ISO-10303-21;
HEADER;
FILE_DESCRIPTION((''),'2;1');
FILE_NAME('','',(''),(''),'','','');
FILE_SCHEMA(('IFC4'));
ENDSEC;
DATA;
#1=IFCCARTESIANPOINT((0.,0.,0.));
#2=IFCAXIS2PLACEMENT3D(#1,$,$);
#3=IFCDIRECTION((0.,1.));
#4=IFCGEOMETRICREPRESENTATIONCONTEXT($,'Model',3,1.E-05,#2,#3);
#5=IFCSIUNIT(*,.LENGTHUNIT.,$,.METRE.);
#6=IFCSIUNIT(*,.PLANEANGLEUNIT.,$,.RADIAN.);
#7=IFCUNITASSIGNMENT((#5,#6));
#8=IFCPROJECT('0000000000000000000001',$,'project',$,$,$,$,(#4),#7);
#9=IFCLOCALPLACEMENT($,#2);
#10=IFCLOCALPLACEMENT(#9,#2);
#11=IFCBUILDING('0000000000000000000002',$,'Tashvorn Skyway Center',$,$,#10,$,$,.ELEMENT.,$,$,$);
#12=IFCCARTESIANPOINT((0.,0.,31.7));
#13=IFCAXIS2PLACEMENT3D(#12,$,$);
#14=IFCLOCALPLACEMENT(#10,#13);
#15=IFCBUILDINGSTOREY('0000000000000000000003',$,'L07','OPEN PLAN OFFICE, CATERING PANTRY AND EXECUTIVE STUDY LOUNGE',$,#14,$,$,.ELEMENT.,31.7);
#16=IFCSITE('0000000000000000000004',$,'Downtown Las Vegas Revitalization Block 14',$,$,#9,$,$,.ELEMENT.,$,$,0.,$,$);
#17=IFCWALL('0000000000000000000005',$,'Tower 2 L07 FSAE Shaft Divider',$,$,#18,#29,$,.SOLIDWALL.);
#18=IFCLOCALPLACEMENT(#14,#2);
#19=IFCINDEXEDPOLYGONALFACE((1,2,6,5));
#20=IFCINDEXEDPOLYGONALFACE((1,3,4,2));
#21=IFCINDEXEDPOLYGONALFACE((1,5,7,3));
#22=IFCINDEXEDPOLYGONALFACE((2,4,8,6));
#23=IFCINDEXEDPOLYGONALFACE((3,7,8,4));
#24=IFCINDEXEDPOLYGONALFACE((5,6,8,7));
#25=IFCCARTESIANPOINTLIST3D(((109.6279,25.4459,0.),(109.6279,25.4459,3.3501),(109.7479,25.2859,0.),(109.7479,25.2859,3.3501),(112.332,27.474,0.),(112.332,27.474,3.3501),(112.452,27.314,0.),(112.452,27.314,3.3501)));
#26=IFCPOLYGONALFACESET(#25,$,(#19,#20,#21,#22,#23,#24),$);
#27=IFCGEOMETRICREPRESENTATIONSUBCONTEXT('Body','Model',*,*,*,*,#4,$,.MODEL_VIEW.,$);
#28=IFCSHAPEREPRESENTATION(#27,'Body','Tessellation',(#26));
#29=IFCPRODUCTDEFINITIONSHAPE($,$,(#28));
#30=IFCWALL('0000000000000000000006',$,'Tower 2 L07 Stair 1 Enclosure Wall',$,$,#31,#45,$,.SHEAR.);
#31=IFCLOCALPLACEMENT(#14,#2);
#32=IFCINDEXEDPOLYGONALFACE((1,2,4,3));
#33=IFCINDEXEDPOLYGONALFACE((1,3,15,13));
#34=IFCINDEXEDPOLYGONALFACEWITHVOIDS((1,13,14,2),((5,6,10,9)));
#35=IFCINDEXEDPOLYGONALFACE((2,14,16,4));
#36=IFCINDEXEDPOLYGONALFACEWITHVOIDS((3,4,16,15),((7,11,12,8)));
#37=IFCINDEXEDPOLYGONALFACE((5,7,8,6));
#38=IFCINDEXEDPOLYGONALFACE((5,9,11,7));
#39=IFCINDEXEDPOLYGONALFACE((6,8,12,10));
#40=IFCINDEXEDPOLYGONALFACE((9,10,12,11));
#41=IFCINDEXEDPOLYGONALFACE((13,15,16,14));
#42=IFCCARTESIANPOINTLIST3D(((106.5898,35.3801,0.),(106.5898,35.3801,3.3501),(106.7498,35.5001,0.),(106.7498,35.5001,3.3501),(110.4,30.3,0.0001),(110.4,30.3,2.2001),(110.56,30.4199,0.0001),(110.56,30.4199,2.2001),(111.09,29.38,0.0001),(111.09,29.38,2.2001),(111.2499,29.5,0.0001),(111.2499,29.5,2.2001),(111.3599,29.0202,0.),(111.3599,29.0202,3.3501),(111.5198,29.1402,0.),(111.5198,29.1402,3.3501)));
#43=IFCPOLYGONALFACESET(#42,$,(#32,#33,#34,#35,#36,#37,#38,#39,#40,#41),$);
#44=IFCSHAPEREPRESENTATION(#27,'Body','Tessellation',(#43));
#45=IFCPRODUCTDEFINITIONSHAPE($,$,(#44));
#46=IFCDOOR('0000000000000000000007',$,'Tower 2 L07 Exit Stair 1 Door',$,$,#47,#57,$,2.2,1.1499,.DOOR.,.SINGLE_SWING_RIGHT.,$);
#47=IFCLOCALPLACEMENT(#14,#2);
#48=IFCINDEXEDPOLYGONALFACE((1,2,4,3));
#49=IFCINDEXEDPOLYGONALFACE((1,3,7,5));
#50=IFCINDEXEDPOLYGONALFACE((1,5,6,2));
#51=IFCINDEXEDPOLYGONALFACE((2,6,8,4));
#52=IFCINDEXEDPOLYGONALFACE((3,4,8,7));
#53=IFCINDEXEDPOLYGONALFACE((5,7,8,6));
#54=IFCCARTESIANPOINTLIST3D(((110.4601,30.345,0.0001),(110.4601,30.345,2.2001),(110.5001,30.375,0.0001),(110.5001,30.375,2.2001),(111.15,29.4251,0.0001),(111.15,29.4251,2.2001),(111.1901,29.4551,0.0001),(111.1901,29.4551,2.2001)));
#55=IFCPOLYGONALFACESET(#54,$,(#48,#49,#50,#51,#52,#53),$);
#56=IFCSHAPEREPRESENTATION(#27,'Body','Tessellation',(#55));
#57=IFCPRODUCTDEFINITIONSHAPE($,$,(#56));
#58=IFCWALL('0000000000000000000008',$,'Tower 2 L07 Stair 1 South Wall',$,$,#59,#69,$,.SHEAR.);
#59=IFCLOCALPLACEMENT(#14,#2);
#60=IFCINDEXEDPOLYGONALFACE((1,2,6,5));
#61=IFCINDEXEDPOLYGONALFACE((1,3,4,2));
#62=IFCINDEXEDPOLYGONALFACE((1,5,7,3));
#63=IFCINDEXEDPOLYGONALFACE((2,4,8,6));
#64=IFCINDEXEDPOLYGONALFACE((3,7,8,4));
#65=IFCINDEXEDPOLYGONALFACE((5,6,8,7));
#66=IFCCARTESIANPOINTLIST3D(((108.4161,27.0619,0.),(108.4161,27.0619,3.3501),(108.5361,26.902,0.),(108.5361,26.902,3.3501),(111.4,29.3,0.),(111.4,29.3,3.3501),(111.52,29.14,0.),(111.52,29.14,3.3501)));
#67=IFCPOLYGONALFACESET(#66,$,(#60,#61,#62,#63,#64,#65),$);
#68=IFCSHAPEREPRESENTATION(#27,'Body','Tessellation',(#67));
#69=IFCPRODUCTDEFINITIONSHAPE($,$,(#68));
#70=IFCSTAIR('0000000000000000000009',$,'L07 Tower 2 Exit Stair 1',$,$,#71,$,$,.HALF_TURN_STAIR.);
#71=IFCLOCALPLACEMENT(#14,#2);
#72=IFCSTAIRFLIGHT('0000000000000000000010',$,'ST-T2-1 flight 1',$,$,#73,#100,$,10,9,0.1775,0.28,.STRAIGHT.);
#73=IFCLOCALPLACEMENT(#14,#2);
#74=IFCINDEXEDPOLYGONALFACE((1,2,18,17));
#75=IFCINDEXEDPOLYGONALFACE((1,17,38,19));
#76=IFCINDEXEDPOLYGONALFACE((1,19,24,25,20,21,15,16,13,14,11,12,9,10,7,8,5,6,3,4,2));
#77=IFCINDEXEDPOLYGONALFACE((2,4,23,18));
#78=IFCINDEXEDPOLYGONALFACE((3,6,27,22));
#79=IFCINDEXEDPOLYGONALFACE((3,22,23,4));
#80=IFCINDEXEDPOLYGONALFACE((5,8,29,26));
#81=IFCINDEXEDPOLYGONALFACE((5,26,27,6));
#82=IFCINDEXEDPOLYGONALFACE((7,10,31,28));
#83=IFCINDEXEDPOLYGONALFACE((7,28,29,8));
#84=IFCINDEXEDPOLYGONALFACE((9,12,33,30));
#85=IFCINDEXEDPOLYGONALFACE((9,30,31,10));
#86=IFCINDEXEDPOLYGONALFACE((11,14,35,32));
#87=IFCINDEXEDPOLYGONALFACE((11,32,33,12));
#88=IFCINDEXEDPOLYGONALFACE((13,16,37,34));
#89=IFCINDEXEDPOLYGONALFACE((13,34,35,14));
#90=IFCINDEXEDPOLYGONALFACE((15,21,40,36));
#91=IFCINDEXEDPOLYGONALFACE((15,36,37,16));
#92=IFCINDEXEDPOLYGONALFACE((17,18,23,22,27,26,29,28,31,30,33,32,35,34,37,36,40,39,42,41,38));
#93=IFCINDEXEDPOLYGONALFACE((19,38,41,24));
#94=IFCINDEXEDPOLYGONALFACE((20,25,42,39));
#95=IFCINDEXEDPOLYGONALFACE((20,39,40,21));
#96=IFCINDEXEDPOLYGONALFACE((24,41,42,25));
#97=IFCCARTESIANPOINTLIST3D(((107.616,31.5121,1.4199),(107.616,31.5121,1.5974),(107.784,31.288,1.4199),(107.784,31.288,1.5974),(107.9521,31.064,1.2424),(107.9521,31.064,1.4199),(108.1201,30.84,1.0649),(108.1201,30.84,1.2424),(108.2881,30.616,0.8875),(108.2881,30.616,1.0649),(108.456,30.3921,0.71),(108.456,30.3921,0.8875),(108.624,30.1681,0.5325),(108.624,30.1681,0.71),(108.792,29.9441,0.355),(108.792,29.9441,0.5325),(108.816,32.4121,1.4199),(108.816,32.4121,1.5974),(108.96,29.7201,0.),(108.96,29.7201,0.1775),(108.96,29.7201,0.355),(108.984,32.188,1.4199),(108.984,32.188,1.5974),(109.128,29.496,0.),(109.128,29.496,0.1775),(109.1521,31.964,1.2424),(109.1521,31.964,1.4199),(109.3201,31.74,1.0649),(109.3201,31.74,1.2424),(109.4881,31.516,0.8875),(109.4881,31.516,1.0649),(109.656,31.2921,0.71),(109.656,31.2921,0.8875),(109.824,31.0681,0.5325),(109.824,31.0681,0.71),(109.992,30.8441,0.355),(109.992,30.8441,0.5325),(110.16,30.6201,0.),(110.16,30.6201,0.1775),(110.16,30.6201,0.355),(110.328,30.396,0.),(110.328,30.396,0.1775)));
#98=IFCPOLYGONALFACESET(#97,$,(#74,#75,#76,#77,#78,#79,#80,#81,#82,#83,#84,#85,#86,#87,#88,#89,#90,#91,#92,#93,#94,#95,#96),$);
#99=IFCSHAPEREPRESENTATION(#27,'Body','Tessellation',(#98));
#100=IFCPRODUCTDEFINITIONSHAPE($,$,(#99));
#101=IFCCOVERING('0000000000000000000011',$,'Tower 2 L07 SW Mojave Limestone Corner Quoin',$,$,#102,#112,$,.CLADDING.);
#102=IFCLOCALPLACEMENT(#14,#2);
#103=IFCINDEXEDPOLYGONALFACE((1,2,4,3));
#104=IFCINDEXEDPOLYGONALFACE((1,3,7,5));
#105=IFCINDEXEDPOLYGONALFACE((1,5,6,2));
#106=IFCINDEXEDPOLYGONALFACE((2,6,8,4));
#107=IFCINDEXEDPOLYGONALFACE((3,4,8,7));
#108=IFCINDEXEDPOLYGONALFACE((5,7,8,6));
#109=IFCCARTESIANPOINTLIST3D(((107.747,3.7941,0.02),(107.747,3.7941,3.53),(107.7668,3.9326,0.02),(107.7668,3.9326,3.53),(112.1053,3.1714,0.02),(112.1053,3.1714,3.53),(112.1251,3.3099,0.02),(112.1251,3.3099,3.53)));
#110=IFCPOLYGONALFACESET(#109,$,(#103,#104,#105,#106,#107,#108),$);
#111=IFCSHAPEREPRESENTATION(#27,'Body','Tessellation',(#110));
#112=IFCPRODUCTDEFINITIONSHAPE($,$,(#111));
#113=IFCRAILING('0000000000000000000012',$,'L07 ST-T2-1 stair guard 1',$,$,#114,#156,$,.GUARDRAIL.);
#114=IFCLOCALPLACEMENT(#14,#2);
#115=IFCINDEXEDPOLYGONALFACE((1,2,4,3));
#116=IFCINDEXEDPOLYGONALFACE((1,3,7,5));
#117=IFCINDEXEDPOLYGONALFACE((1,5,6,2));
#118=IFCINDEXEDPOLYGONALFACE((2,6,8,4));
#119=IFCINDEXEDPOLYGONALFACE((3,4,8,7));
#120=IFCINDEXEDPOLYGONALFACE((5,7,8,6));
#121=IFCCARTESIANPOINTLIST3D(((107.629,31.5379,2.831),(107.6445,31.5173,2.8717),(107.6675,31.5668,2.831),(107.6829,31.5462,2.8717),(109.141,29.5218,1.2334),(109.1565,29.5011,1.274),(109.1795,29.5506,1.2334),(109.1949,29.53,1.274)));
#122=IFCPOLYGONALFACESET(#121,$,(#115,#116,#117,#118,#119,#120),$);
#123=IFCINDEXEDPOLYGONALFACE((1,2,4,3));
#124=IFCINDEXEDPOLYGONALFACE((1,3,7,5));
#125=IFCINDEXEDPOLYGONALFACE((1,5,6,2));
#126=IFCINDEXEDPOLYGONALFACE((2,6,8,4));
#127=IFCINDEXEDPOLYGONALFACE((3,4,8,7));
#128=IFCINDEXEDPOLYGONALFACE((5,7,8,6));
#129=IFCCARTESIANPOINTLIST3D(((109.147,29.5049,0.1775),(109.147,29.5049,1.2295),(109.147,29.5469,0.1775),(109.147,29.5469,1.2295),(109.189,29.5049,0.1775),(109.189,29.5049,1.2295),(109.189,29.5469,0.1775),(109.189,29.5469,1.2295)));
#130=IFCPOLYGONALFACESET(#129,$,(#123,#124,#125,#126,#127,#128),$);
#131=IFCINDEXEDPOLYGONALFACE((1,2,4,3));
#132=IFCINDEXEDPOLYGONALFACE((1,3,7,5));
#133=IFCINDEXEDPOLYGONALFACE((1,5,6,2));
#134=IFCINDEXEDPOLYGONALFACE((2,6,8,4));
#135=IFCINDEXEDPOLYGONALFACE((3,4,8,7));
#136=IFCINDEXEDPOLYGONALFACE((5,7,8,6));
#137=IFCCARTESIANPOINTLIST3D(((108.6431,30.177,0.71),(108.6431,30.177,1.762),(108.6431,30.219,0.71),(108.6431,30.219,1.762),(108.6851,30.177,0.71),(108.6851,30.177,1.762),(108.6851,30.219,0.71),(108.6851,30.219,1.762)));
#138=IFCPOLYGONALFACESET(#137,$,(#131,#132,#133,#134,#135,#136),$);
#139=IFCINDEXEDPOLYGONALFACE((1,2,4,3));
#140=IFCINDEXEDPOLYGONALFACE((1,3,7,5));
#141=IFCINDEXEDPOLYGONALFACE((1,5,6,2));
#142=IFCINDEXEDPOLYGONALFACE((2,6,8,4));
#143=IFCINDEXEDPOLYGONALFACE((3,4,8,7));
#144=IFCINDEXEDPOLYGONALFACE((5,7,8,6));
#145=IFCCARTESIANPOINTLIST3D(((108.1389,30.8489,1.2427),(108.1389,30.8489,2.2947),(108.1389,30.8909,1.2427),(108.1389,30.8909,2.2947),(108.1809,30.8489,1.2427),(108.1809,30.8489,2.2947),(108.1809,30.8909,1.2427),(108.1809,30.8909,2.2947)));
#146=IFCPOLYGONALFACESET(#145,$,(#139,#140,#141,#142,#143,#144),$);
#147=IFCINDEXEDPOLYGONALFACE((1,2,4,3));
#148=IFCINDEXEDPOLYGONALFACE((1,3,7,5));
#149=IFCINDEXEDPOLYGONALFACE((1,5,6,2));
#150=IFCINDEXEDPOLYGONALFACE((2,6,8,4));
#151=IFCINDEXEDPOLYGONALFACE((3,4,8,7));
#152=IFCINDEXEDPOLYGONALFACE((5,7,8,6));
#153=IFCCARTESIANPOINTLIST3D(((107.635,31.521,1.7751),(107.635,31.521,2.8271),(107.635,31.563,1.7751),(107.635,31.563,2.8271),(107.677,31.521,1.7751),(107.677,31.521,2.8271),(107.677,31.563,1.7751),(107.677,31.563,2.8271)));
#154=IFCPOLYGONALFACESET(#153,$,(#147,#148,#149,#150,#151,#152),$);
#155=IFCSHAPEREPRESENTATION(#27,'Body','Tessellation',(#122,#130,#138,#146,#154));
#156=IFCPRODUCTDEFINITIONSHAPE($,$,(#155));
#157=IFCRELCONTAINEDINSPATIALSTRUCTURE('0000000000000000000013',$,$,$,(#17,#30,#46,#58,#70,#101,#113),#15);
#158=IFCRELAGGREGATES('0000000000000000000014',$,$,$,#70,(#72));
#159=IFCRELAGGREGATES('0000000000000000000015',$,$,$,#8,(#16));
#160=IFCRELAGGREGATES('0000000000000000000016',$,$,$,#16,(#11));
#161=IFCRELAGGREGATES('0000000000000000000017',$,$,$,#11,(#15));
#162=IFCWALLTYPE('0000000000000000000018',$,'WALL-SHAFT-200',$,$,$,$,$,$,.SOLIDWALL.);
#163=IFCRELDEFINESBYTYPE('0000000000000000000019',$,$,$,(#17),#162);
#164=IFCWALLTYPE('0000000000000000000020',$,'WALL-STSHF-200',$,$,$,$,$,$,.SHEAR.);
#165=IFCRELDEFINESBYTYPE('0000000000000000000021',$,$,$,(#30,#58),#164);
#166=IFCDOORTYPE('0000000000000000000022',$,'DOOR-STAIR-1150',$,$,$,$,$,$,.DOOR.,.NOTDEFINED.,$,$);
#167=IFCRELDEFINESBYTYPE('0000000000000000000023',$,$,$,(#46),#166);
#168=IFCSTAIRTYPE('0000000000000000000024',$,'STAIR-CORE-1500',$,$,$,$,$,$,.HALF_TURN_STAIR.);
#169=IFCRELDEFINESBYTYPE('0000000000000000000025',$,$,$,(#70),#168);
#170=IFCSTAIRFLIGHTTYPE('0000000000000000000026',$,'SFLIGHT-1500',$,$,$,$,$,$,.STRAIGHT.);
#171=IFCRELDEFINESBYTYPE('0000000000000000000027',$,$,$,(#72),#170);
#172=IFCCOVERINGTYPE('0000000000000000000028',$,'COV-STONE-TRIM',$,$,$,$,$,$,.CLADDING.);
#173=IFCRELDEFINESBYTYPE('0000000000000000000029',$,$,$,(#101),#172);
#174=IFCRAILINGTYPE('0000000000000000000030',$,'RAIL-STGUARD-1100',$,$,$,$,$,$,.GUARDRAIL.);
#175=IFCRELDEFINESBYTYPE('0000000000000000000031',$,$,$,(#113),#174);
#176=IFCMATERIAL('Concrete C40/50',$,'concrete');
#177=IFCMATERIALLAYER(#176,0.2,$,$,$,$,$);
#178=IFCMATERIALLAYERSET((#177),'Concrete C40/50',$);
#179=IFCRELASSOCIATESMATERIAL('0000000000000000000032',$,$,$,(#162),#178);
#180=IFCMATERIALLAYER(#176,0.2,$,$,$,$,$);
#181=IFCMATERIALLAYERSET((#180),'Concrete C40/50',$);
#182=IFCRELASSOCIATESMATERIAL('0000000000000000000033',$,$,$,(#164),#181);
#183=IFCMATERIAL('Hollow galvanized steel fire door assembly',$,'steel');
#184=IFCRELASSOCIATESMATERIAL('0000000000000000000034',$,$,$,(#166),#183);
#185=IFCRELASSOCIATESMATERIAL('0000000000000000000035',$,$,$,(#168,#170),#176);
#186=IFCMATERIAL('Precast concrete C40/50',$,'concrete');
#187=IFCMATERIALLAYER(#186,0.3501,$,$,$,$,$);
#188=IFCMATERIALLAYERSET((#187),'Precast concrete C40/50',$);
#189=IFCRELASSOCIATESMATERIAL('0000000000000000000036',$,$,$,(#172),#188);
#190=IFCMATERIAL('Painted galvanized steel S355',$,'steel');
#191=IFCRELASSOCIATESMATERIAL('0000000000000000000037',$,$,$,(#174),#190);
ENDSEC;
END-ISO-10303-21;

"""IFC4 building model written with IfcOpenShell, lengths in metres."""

from ifc_helpers import new_model, si_unit, direction, frame, frame_2d, origin, origin_2d, place, context, subcontext, project, spatial, polyline, rectangle, outline, extrude, material, layer, layer_set, type_object, element, fill, aggregate, save


model = new_model("IFC4")

# Units and contexts
model_context = context("Model", 3, precision=1e-05, world=origin(), true_north=direction((0.0, 1.0)))
body_context = subcontext(model_context, "Body", "Model", "MODEL_VIEW")
ifc_project = project(units=[si_unit("LENGTHUNIT", "METRE"), si_unit("PLANEANGLEUNIT", "RADIAN")], contexts=[model_context])

# Site, building, storey
site_placement = place(None, origin())
site = spatial("IfcSite", under=ifc_project, at=site_placement, Name="Downtown Las Vegas Revitalization Block 14", CompositionType="ELEMENT", RefElevation=0.0)
building_placement = place(site_placement, origin())
building = spatial("IfcBuilding", under=site, at=building_placement, Name="Tashvorn Skyway Center", CompositionType="ELEMENT")
storey_placement = place(building_placement, frame((0.0, 0.0, 31.7)))
storey = spatial("IfcBuildingStorey", under=building, at=storey_placement, Name="L07", Description="OPEN PLAN OFFICE, CATERING PANTRY AND EXECUTIVE STUDY LOUNGE", CompositionType="ELEMENT", Elevation=31.7)

# Shared definitions
ifc_material_1 = material(Name="Precast concrete C40/50", Category="concrete")

# Wall
ifc_material_2 = material(Name="Concrete C40/50", Category="concrete")
ifc_layer_1 = layer(ifc_material_2, 0.2)
ifc_layer_set_1 = layer_set([ifc_layer_1], Name="Concrete C40/50")
wall_type_1 = type_object("IfcWallType", Name="WALL-SHAFT-200", PredefinedType="SOLIDWALL", material=ifc_layer_set_1)
for number, where, z_axis, x_axis, name in (
    (1, (109.688, 25.366, 0.0), (0.0, 0.0, 1.0), (0.8, 0.6, 0.0), "Tower 2 L07 FSAE Shaft Divider"),
):
    element("IfcWall", number, at=place(storey_placement, frame(where, z_axis=z_axis, x_axis=x_axis)), inside=storey, type_object=wall_type_1, Name=name, PredefinedType="SOLIDWALL", context=body_context, shape_type="SweptSolid", body=[
        extrude(rectangle(XDim=3.3801, YDim=0.2, at=frame_2d((1.6899, 0.0))), origin(), (0.0, 0.0, 1.0), 3.3501),
    ])

# Wall, opening, door
ifc_layer_2 = layer(ifc_material_2, 0.2)
ifc_layer_set_2 = layer_set([ifc_layer_2], Name="Concrete C40/50")
wall_type_2 = type_object("IfcWallType", Name="WALL-STSHF-200", PredefinedType="SHEAR", material=ifc_layer_set_2)
wall_1_placement = place(storey_placement, frame((111.4399, 29.0801, 0.0), z_axis=(0.0, 0.0, 1.0), x_axis=(-0.60001, 0.799993, 0.0)))
wall_1 = element("IfcWall", 2, at=wall_1_placement, inside=storey, type_object=wall_type_2, Name="Tower 2 L07 Stair 1 Enclosure Wall", PredefinedType="SHEAR", context=body_context, shape_type="SweptSolid", body=[
    extrude(rectangle(XDim=7.95, YDim=0.2, at=frame_2d((3.9751, 0.0))), origin(), (0.0, 0.0, 1.0), 3.3501),
])
opening_1_placement = place(wall_1_placement, frame((0.45, 0.0, 0.0)))
opening_1 = element("IfcOpeningElement", 3, at=opening_1_placement, cuts=wall_1, PredefinedType="OPENING", context=body_context, shape_type="SweptSolid", body=[
    extrude(rectangle(XDim=1.1499, YDim=2.2, at=frame_2d((0.575, 1.1001))), frame((0.0, 0.1099, 0.0), z_axis=(0.0, -1.0, 0.0), x_axis=(1.0, 0.0, 0.0)), (0.0, 0.0, 1.0), 0.22),
])
ifc_material_3 = material(Name="Hollow galvanized steel fire door assembly", Category="steel")
door_type_1 = type_object("IfcDoorType", Name="DOOR-STAIR-1150", OperationType="NOTDEFINED", PredefinedType="DOOR", material=ifc_material_3)
door_1_placement = place(opening_1_placement, origin())
door_1 = element("IfcDoor", 4, at=door_1_placement, inside=storey, type_object=door_type_1, Name="Tower 2 L07 Exit Stair 1 Door", OperationType="SINGLE_SWING_RIGHT", OverallHeight=2.2, OverallWidth=1.1499, PredefinedType="DOOR", context=body_context, shape_type="SweptSolid", body=[
    extrude(rectangle(XDim=1.1499, YDim=2.2, at=frame_2d((0.575, 1.1001))), frame((0.0, 0.0249, 0.0), z_axis=(0.0, -1.0, 0.0), x_axis=(1.0, 0.0, 0.0)), (0.0, 0.0, 1.0), 0.05),
])
fill(opening_1, door_1)

# Wall
wall_2_placement = place(storey_placement, frame((108.4761, 26.9819, 0.0), z_axis=(0.0, 0.0, 1.0), x_axis=(0.799984, 0.600021, 0.0)))
element("IfcWall", 5, at=wall_2_placement, inside=storey, type_object=wall_type_2, Name="Tower 2 L07 Stair 1 South Wall", PredefinedType="SHEAR", context=body_context, shape_type="SweptSolid", body=[
    extrude(rectangle(XDim=3.73, YDim=0.2, at=frame_2d((1.865, 0.0))), origin(), (0.0, 0.0, 1.0), 3.3501),
])

# Stair, stair flight
stair_type = type_object("IfcStairType", Name="STAIR-CORE-1500", PredefinedType="HALF_TURN_STAIR", material=ifc_material_2)
stair_placement = place(storey_placement, origin())
stair = element("IfcStair", 6, at=stair_placement, inside=storey, type_object=stair_type, Name="L07 Tower 2 Exit Stair 1", PredefinedType="HALF_TURN_STAIR")
stair_flight_type = type_object("IfcStairFlightType", Name="SFLIGHT-1500", PredefinedType="STRAIGHT", material=ifc_material_2)
stair_flight_placement = place(storey_placement, frame((109.728, 29.946, 0.0), z_axis=(0.0, 0.0, 1.0), x_axis=(-0.6, 0.8, 0.0)))
stair_flight = element("IfcStairFlight", 7, at=stair_flight_placement, type_object=stair_flight_type, Name="ST-T2-1 flight 1", NumberOfRisers=10, NumberOfTreads=9, PredefinedType="STRAIGHT", RiserHeight=0.1775, TreadLength=0.28, context=body_context, shape_type="SweptSolid", body=[
    extrude(outline(polyline([(0.0, 0.0), (0.0, 0.1775), (0.28, 0.1775), (0.28, 0.355), (0.5601, 0.355), (0.5601, 0.5325), (0.8401, 0.5325), (0.8401, 0.71), (1.1201, 0.71), (1.1201, 0.8875), (1.3999, 0.8875), (1.3999, 1.0649), (1.6799, 1.0649), (1.6799, 1.2424), (1.96, 1.2424), (1.96, 1.4199), (2.24, 1.4199), (2.24, 1.5974), (2.52, 1.5974), (2.52, 1.7749), (2.52, 1.4199), (0.28, 0.0), (0.0, 0.0)])), frame((0.0, 0.75, 0.0), z_axis=(0.0, -1.0, 0.0), x_axis=(1.0, 0.0, 0.0)), (0.0, 0.0, 1.0), 1.5),
])
aggregate(stair, [stair_flight])

# Covering
ifc_layer_3 = layer(ifc_material_1, 0.3501)
ifc_layer_set_3 = layer_set([ifc_layer_3], Name="Precast concrete C40/50")
covering_type = type_object("IfcCoveringType", Name="COV-STONE-TRIM", PredefinedType="CLADDING", material=ifc_layer_set_3)
covering_placement = place(storey_placement, frame((109.936, 3.552, 0.02), z_axis=(0.0, 0.0, 1.0), x_axis=(-0.989949, 0.141421, 0.0)))
element("IfcCovering", 8, at=covering_placement, inside=storey, type_object=covering_type, Name="Tower 2 L07 SW Mojave Limestone Corner Quoin", PredefinedType="CLADDING", context=body_context, shape_type="SweptSolid", body=[
    extrude(rectangle(XDim=4.4026, YDim=0.1399, at=origin_2d()), origin(), (0.0, 0.0, 1.0), 3.51),
])

# Railing
ifc_material_4 = material(Name="Painted galvanized steel S355", Category="steel")
railing_type = type_object("IfcRailingType", Name="RAIL-STGUARD-1100", PredefinedType="GUARDRAIL", material=ifc_material_4)
railing_1_placement = place(storey_placement, frame((109.168, 29.5259, 0.1775)))
element("IfcRailing", 9, at=railing_1_placement, inside=storey, type_object=railing_type, Name="L07 ST-T2-1 stair guard 1", PredefinedType="GUARDRAIL", context=body_context, shape_type="SweptSolid", body=[
    extrude(rectangle(XDim=0.0481, YDim=0.0481, at=origin_2d()), frame((0.0, 0.0, 1.0762), z_axis=(-0.506719, 0.675679, 0.535438), x_axis=(-0.800023, -0.599969, 0.0)), (0.0, 0.0, 1.0), 2.9839),
    extrude(rectangle(XDim=0.042, YDim=0.042, at=origin_2d()), origin(), (0.0, 0.0, 1.0), 1.052),
    extrude(rectangle(XDim=0.042, YDim=0.042, at=origin_2d()), frame((-0.5039, 0.6721, 0.5325)), (0.0, 0.0, 1.0), 1.052),
    extrude(rectangle(XDim=0.042, YDim=0.042, at=origin_2d()), frame((-1.0081, 1.344, 1.0652)), (0.0, 0.0, 1.0), 1.052),
    extrude(rectangle(XDim=0.042, YDim=0.042, at=origin_2d()), frame((-1.512, 2.0161, 1.5977)), (0.0, 0.0, 1.0), 1.052),
])

save(model, "model.ifc")
